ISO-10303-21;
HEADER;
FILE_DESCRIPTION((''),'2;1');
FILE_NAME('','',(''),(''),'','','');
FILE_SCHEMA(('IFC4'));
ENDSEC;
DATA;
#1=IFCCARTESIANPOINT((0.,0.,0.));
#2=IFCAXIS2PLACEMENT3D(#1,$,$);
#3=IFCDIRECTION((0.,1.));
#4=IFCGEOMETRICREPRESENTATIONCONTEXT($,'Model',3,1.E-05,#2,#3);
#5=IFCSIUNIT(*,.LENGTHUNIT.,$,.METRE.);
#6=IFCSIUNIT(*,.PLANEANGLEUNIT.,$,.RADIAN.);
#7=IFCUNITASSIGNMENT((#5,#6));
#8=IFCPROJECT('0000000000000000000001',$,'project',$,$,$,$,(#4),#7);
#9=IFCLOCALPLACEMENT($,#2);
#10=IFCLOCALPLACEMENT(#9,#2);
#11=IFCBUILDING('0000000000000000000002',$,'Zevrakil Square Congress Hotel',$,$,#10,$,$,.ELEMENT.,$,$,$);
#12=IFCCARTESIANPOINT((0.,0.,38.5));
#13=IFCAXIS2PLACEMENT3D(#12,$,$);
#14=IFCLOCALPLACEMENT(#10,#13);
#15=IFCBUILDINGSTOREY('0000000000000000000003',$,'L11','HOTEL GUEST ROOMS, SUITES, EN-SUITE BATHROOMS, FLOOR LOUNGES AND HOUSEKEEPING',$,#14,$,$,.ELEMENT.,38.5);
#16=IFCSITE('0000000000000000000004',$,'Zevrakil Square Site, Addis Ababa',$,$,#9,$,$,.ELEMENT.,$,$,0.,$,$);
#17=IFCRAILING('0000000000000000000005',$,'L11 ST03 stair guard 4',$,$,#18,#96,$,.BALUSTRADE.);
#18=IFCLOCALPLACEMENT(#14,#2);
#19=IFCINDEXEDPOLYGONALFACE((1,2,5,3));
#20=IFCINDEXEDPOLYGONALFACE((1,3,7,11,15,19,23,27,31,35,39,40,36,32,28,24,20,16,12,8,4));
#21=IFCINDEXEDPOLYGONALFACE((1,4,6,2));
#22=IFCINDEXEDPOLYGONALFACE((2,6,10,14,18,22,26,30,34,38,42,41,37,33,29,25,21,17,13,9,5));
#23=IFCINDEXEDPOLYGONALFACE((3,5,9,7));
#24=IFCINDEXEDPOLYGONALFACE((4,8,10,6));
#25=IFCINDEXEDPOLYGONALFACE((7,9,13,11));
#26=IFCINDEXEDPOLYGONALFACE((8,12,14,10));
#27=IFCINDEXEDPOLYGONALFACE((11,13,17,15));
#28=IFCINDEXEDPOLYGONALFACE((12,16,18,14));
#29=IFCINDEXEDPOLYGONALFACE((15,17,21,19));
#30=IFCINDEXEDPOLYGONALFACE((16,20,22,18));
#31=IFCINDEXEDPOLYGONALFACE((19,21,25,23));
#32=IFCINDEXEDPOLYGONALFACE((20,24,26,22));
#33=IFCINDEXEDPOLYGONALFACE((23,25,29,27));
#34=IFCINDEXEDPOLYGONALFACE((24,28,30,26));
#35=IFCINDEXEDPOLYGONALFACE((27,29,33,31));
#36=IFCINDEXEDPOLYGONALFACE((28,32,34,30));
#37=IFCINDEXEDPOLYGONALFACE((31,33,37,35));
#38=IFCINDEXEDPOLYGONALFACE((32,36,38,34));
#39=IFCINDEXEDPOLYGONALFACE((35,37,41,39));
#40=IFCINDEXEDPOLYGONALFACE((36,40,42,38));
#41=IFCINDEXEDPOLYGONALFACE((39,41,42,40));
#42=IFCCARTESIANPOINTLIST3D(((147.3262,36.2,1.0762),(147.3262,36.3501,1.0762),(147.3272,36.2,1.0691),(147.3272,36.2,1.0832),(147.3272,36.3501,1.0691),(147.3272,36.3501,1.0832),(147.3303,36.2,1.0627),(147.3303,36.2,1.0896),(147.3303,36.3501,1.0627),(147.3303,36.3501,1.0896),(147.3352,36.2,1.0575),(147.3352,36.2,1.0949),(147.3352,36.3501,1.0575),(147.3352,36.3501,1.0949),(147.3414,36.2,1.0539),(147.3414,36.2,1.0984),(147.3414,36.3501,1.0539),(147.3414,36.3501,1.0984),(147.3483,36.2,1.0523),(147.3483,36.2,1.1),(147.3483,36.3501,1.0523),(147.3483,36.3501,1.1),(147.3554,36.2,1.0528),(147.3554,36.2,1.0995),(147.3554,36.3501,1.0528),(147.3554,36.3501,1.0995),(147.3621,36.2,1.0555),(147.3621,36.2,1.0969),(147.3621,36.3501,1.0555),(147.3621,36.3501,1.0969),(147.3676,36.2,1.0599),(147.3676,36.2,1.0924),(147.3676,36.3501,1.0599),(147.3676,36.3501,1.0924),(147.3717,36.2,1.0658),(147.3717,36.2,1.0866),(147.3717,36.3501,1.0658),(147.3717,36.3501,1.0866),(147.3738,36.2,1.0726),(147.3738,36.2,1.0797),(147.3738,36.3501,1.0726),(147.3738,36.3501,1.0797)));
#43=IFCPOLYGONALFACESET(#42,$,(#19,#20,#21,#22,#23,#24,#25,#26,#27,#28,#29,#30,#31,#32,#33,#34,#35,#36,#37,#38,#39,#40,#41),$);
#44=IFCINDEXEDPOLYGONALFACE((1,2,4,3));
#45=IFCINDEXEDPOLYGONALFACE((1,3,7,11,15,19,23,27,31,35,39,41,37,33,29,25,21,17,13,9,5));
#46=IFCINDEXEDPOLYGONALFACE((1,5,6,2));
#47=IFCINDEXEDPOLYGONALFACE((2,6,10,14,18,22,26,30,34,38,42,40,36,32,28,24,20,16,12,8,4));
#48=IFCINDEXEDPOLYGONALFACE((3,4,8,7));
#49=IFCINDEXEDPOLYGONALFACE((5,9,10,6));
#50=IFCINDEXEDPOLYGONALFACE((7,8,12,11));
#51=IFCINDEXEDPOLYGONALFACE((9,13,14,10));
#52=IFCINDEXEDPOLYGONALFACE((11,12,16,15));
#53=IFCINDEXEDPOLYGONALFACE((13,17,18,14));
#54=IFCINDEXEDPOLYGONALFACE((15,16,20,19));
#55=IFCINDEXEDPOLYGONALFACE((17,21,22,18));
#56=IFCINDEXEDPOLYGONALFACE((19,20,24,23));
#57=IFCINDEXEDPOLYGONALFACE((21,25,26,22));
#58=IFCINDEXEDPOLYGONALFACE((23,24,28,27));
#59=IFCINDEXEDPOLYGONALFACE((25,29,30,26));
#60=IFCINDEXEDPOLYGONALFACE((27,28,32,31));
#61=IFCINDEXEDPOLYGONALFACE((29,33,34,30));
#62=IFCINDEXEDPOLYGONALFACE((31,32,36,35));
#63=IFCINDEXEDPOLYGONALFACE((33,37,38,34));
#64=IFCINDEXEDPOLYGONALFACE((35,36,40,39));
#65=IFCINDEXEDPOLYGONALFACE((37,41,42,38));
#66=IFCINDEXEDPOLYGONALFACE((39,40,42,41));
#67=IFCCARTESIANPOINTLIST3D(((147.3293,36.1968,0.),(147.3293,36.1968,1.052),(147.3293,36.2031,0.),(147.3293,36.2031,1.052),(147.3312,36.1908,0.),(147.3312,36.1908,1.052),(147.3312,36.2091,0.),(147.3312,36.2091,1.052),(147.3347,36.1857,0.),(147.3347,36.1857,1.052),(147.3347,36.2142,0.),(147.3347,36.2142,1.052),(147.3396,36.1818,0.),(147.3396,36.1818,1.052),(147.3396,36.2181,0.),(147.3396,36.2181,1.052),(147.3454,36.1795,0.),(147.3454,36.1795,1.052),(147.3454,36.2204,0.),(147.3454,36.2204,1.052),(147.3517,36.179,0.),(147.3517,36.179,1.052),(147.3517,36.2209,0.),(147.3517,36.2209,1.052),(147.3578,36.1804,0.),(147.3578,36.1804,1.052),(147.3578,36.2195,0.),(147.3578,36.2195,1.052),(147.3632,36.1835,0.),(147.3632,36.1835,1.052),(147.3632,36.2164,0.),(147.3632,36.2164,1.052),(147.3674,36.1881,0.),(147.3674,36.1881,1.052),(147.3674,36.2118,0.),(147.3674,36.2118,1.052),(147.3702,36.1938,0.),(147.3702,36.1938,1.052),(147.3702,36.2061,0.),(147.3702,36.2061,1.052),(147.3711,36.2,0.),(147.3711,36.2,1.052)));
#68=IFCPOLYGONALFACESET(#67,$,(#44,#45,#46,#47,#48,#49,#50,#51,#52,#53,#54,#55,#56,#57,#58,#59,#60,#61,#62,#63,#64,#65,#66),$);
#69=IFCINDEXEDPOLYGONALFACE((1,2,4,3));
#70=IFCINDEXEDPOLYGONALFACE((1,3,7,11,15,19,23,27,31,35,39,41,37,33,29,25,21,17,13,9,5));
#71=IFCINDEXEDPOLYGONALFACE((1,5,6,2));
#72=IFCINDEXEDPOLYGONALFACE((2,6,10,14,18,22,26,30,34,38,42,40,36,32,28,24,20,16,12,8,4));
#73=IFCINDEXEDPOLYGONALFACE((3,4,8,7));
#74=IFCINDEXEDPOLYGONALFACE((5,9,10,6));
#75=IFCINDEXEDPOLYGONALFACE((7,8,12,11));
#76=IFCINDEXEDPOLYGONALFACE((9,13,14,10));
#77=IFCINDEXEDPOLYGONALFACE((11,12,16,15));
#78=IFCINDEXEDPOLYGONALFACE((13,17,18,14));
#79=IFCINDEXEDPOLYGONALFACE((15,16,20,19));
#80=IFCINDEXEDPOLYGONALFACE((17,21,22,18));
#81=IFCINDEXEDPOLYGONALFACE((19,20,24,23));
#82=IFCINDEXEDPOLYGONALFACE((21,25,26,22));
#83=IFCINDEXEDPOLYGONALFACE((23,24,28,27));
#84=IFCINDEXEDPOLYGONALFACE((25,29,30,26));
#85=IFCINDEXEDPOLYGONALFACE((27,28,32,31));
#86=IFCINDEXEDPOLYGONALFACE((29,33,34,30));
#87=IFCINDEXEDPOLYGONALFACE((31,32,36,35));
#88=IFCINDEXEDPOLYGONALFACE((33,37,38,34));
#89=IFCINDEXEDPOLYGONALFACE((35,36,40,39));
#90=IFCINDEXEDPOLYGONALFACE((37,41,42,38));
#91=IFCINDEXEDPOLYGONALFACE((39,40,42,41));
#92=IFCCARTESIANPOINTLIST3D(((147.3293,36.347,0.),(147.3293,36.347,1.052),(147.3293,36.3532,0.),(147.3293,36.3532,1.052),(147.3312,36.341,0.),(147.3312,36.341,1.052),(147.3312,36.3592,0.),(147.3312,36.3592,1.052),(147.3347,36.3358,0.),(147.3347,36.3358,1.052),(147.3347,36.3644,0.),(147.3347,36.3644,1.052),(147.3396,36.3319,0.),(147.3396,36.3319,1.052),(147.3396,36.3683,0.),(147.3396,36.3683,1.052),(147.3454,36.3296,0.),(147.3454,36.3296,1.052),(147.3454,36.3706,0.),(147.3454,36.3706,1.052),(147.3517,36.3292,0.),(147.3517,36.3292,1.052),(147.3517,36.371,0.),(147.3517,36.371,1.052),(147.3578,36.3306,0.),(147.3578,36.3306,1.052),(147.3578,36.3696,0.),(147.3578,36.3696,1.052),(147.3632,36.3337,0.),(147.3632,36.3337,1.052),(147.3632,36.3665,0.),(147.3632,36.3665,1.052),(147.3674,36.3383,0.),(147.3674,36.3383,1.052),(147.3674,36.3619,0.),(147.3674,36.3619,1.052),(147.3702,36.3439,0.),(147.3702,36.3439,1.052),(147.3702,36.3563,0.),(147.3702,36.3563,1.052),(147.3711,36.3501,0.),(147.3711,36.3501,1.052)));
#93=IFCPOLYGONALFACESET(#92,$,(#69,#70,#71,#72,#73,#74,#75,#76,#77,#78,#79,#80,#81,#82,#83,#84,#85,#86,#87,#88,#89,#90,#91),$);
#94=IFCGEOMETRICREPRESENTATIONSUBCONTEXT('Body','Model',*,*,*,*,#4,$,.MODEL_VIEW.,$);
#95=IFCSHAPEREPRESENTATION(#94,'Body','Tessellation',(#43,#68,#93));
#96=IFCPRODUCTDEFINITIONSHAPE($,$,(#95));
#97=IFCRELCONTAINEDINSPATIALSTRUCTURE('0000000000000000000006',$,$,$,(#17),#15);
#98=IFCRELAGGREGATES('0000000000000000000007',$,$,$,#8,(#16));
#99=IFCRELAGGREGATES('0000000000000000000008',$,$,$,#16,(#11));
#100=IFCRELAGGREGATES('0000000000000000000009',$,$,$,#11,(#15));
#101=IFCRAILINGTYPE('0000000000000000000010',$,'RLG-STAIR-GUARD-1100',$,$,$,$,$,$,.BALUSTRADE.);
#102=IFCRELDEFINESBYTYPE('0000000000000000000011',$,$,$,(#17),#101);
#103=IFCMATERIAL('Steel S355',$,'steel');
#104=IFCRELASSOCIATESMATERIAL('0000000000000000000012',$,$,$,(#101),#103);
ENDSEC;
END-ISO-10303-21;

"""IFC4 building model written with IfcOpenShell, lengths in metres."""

from ifc_helpers import new_model, si_unit, direction, frame, origin, origin_2d, place, context, subcontext, project, spatial, circle, extrude, material, type_object, element, save


model = new_model("IFC4")

# Units and contexts
model_context = context("Model", 3, precision=1e-05, world=origin(), true_north=direction((0.0, 1.0)))
body_context = subcontext(model_context, "Body", "Model", "MODEL_VIEW")
ifc_project = project(units=[si_unit("LENGTHUNIT", "METRE"), si_unit("PLANEANGLEUNIT", "RADIAN")], contexts=[model_context])

# Site, building, storey
site_placement = place(None, origin())
site = spatial("IfcSite", under=ifc_project, at=site_placement, Name="Zevrakil Square Site, Addis Ababa", CompositionType="ELEMENT", RefElevation=0.0)
building_placement = place(site_placement, origin())
building = spatial("IfcBuilding", under=site, at=building_placement, Name="Zevrakil Square Congress Hotel", CompositionType="ELEMENT")
storey_placement = place(building_placement, frame((0.0, 0.0, 38.5)))
storey = spatial("IfcBuildingStorey", under=building, at=storey_placement, Name="L11", Description="HOTEL GUEST ROOMS, SUITES, EN-SUITE BATHROOMS, FLOOR LOUNGES AND HOUSEKEEPING", CompositionType="ELEMENT", Elevation=38.5)

# Railing
ifc_material_1 = material(Name="Steel S355", Category="steel")
railing_type_1 = type_object("IfcRailingType", Name="RLG-STAIR-GUARD-1100", PredefinedType="BALUSTRADE", material=ifc_material_1)
railing_1_placement = place(storey_placement, frame((147.3501, 36.2, 0.0)))
element("IfcRailing", 1, at=railing_1_placement, inside=storey, type_object=railing_type_1, Name="L11 ST03 stair guard 4", PredefinedType="BALUSTRADE", context=body_context, shape_type="SweptSolid", body=[
    extrude(circle(Radius=0.0239, at=origin_2d()), frame((0.0, 0.0, 1.0762), z_axis=(0.0, 1.0, 0.0), x_axis=(-1.0, 0.0, 0.0)), (0.0, 0.0, 1.0), 0.1501),
    extrude(circle(Radius=0.021, at=origin_2d()), origin(), (0.0, 0.0, 1.0), 1.052),
    extrude(circle(Radius=0.021, at=origin_2d()), frame((0.0, 0.1501, 0.0)), (0.0, 0.0, 1.0), 1.052),
])

save(model, "model.ifc")
